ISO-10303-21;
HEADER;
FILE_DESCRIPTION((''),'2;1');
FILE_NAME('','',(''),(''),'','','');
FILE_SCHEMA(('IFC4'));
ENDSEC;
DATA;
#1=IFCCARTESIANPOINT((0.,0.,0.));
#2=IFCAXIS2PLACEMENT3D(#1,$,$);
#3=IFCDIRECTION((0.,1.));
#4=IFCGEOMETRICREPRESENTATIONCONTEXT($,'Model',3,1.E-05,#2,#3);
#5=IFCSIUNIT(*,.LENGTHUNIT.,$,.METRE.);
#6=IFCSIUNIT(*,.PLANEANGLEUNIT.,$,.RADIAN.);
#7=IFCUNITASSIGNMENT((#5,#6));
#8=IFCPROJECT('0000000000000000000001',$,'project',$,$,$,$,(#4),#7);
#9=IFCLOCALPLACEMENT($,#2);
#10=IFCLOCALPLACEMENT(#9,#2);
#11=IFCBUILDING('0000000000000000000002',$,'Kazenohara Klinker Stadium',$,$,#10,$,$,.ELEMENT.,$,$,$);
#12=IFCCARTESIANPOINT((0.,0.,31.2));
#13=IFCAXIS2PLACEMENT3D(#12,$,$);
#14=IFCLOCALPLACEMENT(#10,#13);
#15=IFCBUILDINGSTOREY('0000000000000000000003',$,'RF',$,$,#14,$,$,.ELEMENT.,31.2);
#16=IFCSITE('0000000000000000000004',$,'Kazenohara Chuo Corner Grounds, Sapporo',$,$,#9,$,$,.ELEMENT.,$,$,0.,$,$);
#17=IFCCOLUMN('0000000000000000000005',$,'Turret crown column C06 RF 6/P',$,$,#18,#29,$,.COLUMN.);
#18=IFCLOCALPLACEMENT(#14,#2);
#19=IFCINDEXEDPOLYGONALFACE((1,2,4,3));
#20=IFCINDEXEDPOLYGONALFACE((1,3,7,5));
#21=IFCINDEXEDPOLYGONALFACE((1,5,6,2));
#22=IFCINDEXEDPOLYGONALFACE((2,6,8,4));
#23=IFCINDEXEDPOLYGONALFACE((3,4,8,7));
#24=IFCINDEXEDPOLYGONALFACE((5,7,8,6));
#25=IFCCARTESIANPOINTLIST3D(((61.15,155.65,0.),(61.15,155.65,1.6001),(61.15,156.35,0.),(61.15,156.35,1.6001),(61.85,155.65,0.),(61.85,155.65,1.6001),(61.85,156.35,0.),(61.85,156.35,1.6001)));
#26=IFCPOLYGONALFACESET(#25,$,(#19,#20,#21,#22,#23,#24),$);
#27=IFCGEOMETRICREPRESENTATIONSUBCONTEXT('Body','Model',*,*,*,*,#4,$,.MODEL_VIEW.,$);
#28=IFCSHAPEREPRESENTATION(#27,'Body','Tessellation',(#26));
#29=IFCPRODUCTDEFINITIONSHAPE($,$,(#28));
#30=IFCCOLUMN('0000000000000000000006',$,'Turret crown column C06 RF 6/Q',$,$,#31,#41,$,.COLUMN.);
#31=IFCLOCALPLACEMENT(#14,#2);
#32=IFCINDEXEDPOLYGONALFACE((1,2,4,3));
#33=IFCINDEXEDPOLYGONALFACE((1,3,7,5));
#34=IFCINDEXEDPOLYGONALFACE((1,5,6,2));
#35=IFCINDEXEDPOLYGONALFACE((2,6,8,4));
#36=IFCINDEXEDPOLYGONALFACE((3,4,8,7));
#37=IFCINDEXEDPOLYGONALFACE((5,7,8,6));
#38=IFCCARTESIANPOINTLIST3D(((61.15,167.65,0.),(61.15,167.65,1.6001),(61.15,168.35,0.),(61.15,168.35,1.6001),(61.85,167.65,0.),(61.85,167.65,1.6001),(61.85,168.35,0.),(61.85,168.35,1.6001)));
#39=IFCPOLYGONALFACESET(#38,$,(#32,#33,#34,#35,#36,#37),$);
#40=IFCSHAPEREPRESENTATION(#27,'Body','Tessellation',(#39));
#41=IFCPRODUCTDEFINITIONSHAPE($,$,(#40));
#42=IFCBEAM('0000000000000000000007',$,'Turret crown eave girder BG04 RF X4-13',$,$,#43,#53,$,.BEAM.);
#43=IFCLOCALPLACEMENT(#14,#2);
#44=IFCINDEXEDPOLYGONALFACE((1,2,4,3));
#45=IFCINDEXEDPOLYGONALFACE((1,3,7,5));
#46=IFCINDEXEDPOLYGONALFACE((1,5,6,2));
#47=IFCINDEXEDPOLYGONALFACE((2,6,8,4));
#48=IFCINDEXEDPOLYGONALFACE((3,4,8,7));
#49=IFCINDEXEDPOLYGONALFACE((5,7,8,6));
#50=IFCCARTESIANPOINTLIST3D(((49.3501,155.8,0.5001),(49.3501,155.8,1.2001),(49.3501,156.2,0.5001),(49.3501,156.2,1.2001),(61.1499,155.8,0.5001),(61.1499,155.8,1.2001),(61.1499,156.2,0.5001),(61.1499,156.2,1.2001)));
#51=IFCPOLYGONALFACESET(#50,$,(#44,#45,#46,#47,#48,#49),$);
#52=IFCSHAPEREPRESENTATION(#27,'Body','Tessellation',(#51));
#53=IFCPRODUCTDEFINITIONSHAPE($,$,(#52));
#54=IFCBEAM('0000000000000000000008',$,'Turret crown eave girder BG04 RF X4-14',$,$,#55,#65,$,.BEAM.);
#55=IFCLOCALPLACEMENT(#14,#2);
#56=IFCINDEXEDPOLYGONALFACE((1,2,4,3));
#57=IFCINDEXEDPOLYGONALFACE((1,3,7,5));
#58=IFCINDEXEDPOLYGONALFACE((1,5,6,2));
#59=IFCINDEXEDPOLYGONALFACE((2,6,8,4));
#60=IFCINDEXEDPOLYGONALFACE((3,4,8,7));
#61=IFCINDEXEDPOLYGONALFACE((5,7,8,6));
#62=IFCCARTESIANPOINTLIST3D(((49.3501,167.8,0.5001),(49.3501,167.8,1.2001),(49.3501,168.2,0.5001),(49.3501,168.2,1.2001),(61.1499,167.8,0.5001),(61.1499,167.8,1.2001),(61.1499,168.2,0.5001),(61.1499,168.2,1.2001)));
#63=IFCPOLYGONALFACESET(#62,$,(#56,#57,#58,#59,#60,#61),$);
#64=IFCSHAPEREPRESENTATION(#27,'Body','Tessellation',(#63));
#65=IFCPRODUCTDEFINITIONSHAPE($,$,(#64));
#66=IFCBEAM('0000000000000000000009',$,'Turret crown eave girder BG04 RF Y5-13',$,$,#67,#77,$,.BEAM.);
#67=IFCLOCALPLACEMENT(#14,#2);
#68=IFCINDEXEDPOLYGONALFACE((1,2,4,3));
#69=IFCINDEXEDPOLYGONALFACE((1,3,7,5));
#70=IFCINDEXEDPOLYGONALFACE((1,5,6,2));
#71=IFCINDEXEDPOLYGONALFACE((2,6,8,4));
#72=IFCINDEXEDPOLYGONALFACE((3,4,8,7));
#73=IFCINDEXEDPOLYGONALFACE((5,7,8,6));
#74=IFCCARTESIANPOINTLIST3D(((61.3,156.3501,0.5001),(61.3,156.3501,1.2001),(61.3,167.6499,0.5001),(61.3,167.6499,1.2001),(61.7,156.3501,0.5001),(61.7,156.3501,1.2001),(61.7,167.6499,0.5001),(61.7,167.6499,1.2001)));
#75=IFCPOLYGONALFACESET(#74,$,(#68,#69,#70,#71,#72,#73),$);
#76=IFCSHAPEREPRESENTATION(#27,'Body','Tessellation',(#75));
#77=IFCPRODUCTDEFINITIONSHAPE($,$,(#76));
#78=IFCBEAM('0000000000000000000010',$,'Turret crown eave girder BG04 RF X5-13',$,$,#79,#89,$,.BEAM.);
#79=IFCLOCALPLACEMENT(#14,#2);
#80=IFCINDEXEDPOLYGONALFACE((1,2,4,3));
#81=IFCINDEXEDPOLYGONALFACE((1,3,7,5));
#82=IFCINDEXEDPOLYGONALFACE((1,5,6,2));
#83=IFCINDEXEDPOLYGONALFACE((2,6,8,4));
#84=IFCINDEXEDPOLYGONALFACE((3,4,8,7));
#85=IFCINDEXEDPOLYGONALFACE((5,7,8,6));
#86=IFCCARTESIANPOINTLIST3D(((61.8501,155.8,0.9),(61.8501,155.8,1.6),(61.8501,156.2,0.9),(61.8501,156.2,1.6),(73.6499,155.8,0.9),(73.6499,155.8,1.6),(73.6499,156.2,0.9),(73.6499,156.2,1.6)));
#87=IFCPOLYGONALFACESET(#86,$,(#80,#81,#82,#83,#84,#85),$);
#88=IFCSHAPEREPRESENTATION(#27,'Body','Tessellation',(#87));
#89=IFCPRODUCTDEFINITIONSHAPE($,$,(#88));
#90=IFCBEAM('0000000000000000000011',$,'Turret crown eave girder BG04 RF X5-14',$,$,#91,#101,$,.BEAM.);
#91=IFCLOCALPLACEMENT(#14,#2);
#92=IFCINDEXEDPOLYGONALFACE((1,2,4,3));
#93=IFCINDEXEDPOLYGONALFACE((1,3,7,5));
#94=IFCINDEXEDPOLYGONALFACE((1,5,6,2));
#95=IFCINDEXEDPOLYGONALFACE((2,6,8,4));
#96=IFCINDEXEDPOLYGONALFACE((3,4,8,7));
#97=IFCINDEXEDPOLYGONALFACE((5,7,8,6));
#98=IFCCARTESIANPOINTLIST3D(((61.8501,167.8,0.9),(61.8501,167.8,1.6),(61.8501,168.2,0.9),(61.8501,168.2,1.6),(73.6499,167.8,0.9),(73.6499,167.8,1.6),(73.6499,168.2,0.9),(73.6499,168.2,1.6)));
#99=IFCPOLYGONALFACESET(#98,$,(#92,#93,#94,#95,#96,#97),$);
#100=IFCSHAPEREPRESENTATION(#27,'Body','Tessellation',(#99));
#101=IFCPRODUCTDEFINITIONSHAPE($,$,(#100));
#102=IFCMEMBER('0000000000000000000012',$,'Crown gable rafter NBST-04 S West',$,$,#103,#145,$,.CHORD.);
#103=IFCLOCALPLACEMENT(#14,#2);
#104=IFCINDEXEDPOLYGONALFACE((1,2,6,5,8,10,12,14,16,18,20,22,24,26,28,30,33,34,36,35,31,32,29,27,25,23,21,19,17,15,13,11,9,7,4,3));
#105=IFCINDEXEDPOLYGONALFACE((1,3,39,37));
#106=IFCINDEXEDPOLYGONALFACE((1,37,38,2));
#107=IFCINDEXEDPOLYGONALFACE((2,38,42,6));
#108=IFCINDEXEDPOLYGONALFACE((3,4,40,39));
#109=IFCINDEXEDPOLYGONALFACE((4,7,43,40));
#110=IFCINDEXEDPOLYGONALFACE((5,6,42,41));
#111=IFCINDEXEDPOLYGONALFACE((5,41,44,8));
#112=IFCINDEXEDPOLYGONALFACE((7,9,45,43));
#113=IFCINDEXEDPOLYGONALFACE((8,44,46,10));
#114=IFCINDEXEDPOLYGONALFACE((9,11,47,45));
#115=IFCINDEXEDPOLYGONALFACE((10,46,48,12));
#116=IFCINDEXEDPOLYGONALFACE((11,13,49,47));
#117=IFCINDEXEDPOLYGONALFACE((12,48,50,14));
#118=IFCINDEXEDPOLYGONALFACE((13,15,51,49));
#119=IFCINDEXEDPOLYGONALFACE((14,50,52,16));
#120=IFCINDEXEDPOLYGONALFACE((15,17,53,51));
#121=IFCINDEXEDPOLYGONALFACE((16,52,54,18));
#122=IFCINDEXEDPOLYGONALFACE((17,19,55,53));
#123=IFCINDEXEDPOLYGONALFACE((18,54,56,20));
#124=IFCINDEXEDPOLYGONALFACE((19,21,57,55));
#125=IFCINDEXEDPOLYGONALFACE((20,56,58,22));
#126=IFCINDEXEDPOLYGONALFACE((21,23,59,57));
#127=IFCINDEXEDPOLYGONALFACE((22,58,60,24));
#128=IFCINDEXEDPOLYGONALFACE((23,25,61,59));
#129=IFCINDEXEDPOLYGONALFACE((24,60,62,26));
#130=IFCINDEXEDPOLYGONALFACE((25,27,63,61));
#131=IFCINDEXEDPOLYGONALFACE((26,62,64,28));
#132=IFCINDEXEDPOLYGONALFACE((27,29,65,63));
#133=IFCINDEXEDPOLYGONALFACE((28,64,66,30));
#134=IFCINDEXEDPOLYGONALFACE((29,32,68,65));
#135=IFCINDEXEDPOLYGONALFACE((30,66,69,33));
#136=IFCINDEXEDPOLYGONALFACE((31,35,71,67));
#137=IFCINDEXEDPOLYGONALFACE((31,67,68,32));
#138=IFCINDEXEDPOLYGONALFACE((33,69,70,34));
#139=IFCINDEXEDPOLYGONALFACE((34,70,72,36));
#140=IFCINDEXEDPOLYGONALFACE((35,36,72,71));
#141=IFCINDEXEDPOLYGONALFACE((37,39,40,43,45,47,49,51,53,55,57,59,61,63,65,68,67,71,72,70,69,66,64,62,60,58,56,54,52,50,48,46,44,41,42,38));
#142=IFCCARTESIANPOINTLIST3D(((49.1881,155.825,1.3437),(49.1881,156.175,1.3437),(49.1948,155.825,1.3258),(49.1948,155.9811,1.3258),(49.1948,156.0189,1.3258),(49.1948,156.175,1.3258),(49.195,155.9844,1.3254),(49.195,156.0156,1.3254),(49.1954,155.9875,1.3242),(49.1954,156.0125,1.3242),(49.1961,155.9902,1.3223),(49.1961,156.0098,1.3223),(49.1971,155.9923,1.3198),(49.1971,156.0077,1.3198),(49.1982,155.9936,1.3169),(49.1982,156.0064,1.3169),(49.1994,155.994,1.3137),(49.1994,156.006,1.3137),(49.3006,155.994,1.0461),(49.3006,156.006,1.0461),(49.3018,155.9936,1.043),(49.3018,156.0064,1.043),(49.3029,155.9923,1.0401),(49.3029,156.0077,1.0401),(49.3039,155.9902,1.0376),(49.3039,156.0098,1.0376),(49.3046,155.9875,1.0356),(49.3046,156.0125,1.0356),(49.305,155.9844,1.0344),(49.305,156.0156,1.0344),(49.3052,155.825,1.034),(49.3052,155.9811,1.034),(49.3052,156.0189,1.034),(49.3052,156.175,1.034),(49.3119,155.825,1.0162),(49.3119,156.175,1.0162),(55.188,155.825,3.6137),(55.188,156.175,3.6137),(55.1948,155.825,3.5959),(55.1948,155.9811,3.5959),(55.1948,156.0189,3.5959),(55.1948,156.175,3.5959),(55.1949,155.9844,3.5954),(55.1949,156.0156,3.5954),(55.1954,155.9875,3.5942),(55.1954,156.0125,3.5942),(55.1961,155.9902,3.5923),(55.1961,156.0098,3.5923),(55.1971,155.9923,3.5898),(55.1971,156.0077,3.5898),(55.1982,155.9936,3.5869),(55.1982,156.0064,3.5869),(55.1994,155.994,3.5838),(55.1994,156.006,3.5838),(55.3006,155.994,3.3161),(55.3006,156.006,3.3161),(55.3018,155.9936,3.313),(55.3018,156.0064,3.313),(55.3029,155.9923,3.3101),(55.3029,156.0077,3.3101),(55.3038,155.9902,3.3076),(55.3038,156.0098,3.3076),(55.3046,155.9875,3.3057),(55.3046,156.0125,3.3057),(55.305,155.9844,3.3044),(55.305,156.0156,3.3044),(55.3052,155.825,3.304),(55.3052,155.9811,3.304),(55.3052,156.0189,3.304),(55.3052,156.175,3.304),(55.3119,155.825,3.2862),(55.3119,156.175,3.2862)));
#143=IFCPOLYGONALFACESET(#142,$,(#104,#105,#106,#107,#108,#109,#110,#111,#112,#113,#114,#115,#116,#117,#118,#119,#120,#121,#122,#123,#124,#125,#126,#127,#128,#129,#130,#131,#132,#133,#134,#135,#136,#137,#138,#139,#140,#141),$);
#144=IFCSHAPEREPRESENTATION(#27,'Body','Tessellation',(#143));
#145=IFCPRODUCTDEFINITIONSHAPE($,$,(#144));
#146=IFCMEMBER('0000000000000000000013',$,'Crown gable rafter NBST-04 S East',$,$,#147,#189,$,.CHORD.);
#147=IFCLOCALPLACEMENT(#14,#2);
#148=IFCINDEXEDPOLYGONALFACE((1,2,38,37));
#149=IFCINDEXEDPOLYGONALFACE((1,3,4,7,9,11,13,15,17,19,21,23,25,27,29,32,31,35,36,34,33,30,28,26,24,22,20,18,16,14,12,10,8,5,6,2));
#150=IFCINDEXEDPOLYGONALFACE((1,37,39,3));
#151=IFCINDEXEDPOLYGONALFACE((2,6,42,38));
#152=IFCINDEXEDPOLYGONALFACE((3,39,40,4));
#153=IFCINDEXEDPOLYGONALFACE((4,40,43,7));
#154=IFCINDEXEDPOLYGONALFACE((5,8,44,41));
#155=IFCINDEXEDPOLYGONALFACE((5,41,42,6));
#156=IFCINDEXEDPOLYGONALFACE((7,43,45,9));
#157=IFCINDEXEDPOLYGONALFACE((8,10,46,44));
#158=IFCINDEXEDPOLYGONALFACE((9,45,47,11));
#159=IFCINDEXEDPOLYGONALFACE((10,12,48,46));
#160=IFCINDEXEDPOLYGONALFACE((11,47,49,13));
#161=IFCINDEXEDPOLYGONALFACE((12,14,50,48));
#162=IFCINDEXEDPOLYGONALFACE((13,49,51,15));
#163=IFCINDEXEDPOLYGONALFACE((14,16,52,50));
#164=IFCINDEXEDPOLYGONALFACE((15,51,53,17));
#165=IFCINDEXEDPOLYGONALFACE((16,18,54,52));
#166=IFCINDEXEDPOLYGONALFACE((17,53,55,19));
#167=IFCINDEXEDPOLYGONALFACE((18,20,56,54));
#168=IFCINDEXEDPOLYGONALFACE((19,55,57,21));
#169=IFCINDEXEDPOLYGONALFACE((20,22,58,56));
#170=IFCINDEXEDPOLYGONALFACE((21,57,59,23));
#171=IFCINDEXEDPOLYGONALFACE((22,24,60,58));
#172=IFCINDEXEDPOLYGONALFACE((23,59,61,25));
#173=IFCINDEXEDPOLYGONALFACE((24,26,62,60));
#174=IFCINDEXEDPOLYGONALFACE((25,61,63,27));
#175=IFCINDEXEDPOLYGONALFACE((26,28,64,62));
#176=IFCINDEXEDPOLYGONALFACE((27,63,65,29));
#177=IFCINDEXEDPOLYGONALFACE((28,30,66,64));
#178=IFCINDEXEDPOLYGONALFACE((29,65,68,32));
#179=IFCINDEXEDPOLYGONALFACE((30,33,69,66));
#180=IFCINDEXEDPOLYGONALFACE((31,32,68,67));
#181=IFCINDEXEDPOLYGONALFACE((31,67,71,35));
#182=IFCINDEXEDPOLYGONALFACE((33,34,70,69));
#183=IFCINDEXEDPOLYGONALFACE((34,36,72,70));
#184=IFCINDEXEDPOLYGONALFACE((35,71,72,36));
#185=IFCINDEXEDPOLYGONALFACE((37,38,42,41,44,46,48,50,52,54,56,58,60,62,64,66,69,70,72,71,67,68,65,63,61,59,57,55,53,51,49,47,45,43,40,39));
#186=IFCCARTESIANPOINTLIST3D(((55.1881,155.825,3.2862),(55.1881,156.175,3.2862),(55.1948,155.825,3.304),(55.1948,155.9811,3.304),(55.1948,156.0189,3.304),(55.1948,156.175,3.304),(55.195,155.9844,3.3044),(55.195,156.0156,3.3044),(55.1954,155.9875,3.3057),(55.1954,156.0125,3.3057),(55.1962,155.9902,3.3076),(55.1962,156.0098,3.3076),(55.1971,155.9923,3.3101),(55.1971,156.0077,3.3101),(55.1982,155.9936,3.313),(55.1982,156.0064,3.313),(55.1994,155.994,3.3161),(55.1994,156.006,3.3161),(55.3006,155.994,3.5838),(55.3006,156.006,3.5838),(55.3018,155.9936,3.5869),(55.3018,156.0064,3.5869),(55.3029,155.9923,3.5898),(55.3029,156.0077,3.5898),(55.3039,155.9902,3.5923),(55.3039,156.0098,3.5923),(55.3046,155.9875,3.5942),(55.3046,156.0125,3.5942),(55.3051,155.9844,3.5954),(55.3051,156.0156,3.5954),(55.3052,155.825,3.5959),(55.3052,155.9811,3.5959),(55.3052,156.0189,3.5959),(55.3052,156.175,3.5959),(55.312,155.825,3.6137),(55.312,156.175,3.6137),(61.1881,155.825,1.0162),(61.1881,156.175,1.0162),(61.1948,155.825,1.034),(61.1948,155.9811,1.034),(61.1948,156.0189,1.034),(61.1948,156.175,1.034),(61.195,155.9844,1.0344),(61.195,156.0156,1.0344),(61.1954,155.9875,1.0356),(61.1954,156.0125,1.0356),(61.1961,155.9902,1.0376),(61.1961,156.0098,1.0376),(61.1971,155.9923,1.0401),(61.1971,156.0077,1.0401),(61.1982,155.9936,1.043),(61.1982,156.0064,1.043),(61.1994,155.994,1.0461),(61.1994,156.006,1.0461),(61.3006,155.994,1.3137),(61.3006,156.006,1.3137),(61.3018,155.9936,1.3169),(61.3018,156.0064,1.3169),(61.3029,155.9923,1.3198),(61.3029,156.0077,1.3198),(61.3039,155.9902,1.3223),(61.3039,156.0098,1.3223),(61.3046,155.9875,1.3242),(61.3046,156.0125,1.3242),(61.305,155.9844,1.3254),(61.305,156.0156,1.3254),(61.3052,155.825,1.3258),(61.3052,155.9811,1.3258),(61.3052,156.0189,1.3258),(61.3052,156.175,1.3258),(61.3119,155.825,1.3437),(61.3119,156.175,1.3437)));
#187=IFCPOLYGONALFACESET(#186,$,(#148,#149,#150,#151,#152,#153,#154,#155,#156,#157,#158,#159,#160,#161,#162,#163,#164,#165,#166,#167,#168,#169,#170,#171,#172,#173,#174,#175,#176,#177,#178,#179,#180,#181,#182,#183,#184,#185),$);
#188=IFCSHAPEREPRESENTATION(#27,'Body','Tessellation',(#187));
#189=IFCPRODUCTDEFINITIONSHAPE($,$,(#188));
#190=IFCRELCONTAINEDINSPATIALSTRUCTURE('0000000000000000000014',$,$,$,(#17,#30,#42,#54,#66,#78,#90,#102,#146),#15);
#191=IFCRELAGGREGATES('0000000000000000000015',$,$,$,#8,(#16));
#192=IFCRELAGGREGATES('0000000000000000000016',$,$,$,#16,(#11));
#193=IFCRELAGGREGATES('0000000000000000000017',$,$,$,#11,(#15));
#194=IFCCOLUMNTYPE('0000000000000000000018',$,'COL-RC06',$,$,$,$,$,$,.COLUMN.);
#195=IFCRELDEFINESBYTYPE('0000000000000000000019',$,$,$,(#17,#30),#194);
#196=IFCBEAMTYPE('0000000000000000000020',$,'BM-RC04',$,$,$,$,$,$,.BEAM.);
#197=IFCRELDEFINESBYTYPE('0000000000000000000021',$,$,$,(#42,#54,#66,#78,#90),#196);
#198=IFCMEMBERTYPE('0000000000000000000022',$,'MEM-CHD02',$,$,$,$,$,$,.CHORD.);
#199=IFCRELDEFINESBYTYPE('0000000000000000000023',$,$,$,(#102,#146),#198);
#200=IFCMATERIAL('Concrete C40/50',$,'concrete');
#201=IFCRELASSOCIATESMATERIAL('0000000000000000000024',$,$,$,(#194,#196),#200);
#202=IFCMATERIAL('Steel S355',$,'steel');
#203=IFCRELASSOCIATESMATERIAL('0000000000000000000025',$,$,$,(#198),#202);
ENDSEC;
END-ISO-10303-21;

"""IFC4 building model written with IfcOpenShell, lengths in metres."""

from ifc_helpers import new_model, si_unit, direction, frame, origin, origin_2d, place, context, subcontext, project, spatial, rectangle, i_section, extrude, material, material_profile, profile_set, type_object, element, save


model = new_model("IFC4")

# Units and contexts
model_context = context("Model", 3, precision=1e-05, world=origin(), true_north=direction((0.0, 1.0)))
body_context = subcontext(model_context, "Body", "Model", "MODEL_VIEW")
ifc_project = project(units=[si_unit("LENGTHUNIT", "METRE"), si_unit("PLANEANGLEUNIT", "RADIAN")], contexts=[model_context])

# Site, building, storey
site_placement = place(None, origin())
site = spatial("IfcSite", under=ifc_project, at=site_placement, Name="Kazenohara Chuo Corner Grounds, Sapporo", CompositionType="ELEMENT", RefElevation=0.0)
building_placement = place(site_placement, origin())
building = spatial("IfcBuilding", under=site, at=building_placement, Name="Kazenohara Klinker Stadium", CompositionType="ELEMENT")
storey_placement = place(building_placement, frame((0.0, 0.0, 31.2)))
storey = spatial("IfcBuildingStorey", under=building, at=storey_placement, Name="RF", CompositionType="ELEMENT", Elevation=31.2)

# Columns
ifc_material_1 = material(Name="Concrete C40/50", Category="concrete")
ifc_material_profile_1 = material_profile(ifc_material_1, rectangle(XDim=0.7, YDim=0.7, at=origin_2d()), Name="RC-COL-700x700")
ifc_profile_set_1 = profile_set([ifc_material_profile_1], Name="Concrete C40/50")
column_type = type_object("IfcColumnType", Name="COL-RC06", PredefinedType="COLUMN", material=ifc_profile_set_1)
for number, where, z_axis, x_axis, name in (
    (1, (61.5, 156.0, 0.0), (0.0, 0.0, 1.0), (1.0, 0.0, 0.0), "Turret crown column C06 RF 6/P"),
    (2, (61.5, 168.0, 0.0), (0.0, 0.0, 1.0), (1.0, 0.0, 0.0), "Turret crown column C06 RF 6/Q"),
):
    element("IfcColumn", number, at=place(storey_placement, frame(where, z_axis=z_axis, x_axis=x_axis)), inside=storey, type_object=column_type, Name=name, PredefinedType="COLUMN", context=body_context, shape_type="SweptSolid", body=[
        extrude(rectangle(XDim=0.7, YDim=0.7, at=origin_2d()), origin(), (0.0, 0.0, 1.0), 1.6001),
    ])

# Beams
ifc_material_profile_2 = material_profile(ifc_material_1, rectangle(XDim=0.3999, YDim=0.7, at=origin_2d()), Name="RC-BM-400x700")
ifc_profile_set_2 = profile_set([ifc_material_profile_2], Name="Concrete C40/50")
beam_type = type_object("IfcBeamType", Name="BM-RC04", PredefinedType="BEAM", material=ifc_profile_set_2)
for number, where, z_axis, x_axis, name in (
    (3, (49.3501, 156.0, 0.8501), (1.0, 0.0, 0.0), (0.0, 1.0, 0.0), "Turret crown eave girder BG04 RF X4-13"),
    (4, (49.3501, 168.0, 0.8501), (1.0, 0.0, 0.0), (0.0, 1.0, 0.0), "Turret crown eave girder BG04 RF X4-14"),
):
    element("IfcBeam", number, at=place(storey_placement, frame(where, z_axis=z_axis, x_axis=x_axis)), inside=storey, type_object=beam_type, Name=name, PredefinedType="BEAM", context=body_context, shape_type="SweptSolid", body=[
        extrude(rectangle(XDim=0.3999, YDim=0.7, at=origin_2d()), origin(), (0.0, 0.0, 1.0), 11.7998),
    ])
beam_placement = place(storey_placement, frame((61.5, 156.3501, 0.8501), z_axis=(0.0, 1.0, 0.0), x_axis=(-1.0, 0.0, 0.0)))
element("IfcBeam", 5, at=beam_placement, inside=storey, type_object=beam_type, Name="Turret crown eave girder BG04 RF Y5-13", PredefinedType="BEAM", context=body_context, shape_type="SweptSolid", body=[
    extrude(rectangle(XDim=0.3999, YDim=0.7, at=origin_2d()), origin(), (0.0, 0.0, 1.0), 11.2998),
])
for number, where, z_axis, x_axis, name in (
    (6, (61.8501, 156.0, 1.25), (1.0, 0.0, 0.0), (0.0, 1.0, 0.0), "Turret crown eave girder BG04 RF X5-13"),
    (7, (61.8501, 168.0, 1.25), (1.0, 0.0, 0.0), (0.0, 1.0, 0.0), "Turret crown eave girder BG04 RF X5-14"),
):
    element("IfcBeam", number, at=place(storey_placement, frame(where, z_axis=z_axis, x_axis=x_axis)), inside=storey, type_object=beam_type, Name=name, PredefinedType="BEAM", context=body_context, shape_type="SweptSolid", body=[
        extrude(rectangle(XDim=0.3999, YDim=0.7, at=origin_2d()), origin(), (0.0, 0.0, 1.0), 11.7998),
    ])

# Members
ifc_material_2 = material(Name="Steel S355", Category="steel")
ifc_material_profile_3 = material_profile(ifc_material_2, i_section(OverallWidth=0.3501, OverallDepth=0.3501, WebThickness=0.012, FlangeThickness=0.019, FilletRadius=0.0129, at=origin_2d()), Name="H-350x350x12x19")
ifc_profile_set_3 = profile_set([ifc_material_profile_3], Name="Steel S355")
member_type_1 = type_object("IfcMemberType", Name="MEM-CHD02", PredefinedType="CHORD", material=ifc_profile_set_3)
for number, where, z_axis, x_axis, name in (
    (8, (49.25, 156.0, 1.1799), (0.935299, 0.0, 0.353858), (0.0, 1.0, 0.0), "Crown gable rafter NBST-04 S West"),
    (9, (61.25, 156.0, 1.1799), (-0.935299, 0.0, 0.353858), (0.0, -1.0, 0.0), "Crown gable rafter NBST-04 S East"),
):
    element("IfcMember", number, at=place(storey_placement, frame(where, z_axis=z_axis, x_axis=x_axis)), inside=storey, type_object=member_type_1, Name=name, PredefinedType="CHORD", context=body_context, shape_type="SweptSolid", body=[
        extrude(i_section(OverallWidth=0.3501, OverallDepth=0.3501, WebThickness=0.012, FlangeThickness=0.019, FilletRadius=0.0129, at=origin_2d()), origin(), (0.0, 0.0, 1.0), 6.415),
    ])

save(model, "model.ifc")
